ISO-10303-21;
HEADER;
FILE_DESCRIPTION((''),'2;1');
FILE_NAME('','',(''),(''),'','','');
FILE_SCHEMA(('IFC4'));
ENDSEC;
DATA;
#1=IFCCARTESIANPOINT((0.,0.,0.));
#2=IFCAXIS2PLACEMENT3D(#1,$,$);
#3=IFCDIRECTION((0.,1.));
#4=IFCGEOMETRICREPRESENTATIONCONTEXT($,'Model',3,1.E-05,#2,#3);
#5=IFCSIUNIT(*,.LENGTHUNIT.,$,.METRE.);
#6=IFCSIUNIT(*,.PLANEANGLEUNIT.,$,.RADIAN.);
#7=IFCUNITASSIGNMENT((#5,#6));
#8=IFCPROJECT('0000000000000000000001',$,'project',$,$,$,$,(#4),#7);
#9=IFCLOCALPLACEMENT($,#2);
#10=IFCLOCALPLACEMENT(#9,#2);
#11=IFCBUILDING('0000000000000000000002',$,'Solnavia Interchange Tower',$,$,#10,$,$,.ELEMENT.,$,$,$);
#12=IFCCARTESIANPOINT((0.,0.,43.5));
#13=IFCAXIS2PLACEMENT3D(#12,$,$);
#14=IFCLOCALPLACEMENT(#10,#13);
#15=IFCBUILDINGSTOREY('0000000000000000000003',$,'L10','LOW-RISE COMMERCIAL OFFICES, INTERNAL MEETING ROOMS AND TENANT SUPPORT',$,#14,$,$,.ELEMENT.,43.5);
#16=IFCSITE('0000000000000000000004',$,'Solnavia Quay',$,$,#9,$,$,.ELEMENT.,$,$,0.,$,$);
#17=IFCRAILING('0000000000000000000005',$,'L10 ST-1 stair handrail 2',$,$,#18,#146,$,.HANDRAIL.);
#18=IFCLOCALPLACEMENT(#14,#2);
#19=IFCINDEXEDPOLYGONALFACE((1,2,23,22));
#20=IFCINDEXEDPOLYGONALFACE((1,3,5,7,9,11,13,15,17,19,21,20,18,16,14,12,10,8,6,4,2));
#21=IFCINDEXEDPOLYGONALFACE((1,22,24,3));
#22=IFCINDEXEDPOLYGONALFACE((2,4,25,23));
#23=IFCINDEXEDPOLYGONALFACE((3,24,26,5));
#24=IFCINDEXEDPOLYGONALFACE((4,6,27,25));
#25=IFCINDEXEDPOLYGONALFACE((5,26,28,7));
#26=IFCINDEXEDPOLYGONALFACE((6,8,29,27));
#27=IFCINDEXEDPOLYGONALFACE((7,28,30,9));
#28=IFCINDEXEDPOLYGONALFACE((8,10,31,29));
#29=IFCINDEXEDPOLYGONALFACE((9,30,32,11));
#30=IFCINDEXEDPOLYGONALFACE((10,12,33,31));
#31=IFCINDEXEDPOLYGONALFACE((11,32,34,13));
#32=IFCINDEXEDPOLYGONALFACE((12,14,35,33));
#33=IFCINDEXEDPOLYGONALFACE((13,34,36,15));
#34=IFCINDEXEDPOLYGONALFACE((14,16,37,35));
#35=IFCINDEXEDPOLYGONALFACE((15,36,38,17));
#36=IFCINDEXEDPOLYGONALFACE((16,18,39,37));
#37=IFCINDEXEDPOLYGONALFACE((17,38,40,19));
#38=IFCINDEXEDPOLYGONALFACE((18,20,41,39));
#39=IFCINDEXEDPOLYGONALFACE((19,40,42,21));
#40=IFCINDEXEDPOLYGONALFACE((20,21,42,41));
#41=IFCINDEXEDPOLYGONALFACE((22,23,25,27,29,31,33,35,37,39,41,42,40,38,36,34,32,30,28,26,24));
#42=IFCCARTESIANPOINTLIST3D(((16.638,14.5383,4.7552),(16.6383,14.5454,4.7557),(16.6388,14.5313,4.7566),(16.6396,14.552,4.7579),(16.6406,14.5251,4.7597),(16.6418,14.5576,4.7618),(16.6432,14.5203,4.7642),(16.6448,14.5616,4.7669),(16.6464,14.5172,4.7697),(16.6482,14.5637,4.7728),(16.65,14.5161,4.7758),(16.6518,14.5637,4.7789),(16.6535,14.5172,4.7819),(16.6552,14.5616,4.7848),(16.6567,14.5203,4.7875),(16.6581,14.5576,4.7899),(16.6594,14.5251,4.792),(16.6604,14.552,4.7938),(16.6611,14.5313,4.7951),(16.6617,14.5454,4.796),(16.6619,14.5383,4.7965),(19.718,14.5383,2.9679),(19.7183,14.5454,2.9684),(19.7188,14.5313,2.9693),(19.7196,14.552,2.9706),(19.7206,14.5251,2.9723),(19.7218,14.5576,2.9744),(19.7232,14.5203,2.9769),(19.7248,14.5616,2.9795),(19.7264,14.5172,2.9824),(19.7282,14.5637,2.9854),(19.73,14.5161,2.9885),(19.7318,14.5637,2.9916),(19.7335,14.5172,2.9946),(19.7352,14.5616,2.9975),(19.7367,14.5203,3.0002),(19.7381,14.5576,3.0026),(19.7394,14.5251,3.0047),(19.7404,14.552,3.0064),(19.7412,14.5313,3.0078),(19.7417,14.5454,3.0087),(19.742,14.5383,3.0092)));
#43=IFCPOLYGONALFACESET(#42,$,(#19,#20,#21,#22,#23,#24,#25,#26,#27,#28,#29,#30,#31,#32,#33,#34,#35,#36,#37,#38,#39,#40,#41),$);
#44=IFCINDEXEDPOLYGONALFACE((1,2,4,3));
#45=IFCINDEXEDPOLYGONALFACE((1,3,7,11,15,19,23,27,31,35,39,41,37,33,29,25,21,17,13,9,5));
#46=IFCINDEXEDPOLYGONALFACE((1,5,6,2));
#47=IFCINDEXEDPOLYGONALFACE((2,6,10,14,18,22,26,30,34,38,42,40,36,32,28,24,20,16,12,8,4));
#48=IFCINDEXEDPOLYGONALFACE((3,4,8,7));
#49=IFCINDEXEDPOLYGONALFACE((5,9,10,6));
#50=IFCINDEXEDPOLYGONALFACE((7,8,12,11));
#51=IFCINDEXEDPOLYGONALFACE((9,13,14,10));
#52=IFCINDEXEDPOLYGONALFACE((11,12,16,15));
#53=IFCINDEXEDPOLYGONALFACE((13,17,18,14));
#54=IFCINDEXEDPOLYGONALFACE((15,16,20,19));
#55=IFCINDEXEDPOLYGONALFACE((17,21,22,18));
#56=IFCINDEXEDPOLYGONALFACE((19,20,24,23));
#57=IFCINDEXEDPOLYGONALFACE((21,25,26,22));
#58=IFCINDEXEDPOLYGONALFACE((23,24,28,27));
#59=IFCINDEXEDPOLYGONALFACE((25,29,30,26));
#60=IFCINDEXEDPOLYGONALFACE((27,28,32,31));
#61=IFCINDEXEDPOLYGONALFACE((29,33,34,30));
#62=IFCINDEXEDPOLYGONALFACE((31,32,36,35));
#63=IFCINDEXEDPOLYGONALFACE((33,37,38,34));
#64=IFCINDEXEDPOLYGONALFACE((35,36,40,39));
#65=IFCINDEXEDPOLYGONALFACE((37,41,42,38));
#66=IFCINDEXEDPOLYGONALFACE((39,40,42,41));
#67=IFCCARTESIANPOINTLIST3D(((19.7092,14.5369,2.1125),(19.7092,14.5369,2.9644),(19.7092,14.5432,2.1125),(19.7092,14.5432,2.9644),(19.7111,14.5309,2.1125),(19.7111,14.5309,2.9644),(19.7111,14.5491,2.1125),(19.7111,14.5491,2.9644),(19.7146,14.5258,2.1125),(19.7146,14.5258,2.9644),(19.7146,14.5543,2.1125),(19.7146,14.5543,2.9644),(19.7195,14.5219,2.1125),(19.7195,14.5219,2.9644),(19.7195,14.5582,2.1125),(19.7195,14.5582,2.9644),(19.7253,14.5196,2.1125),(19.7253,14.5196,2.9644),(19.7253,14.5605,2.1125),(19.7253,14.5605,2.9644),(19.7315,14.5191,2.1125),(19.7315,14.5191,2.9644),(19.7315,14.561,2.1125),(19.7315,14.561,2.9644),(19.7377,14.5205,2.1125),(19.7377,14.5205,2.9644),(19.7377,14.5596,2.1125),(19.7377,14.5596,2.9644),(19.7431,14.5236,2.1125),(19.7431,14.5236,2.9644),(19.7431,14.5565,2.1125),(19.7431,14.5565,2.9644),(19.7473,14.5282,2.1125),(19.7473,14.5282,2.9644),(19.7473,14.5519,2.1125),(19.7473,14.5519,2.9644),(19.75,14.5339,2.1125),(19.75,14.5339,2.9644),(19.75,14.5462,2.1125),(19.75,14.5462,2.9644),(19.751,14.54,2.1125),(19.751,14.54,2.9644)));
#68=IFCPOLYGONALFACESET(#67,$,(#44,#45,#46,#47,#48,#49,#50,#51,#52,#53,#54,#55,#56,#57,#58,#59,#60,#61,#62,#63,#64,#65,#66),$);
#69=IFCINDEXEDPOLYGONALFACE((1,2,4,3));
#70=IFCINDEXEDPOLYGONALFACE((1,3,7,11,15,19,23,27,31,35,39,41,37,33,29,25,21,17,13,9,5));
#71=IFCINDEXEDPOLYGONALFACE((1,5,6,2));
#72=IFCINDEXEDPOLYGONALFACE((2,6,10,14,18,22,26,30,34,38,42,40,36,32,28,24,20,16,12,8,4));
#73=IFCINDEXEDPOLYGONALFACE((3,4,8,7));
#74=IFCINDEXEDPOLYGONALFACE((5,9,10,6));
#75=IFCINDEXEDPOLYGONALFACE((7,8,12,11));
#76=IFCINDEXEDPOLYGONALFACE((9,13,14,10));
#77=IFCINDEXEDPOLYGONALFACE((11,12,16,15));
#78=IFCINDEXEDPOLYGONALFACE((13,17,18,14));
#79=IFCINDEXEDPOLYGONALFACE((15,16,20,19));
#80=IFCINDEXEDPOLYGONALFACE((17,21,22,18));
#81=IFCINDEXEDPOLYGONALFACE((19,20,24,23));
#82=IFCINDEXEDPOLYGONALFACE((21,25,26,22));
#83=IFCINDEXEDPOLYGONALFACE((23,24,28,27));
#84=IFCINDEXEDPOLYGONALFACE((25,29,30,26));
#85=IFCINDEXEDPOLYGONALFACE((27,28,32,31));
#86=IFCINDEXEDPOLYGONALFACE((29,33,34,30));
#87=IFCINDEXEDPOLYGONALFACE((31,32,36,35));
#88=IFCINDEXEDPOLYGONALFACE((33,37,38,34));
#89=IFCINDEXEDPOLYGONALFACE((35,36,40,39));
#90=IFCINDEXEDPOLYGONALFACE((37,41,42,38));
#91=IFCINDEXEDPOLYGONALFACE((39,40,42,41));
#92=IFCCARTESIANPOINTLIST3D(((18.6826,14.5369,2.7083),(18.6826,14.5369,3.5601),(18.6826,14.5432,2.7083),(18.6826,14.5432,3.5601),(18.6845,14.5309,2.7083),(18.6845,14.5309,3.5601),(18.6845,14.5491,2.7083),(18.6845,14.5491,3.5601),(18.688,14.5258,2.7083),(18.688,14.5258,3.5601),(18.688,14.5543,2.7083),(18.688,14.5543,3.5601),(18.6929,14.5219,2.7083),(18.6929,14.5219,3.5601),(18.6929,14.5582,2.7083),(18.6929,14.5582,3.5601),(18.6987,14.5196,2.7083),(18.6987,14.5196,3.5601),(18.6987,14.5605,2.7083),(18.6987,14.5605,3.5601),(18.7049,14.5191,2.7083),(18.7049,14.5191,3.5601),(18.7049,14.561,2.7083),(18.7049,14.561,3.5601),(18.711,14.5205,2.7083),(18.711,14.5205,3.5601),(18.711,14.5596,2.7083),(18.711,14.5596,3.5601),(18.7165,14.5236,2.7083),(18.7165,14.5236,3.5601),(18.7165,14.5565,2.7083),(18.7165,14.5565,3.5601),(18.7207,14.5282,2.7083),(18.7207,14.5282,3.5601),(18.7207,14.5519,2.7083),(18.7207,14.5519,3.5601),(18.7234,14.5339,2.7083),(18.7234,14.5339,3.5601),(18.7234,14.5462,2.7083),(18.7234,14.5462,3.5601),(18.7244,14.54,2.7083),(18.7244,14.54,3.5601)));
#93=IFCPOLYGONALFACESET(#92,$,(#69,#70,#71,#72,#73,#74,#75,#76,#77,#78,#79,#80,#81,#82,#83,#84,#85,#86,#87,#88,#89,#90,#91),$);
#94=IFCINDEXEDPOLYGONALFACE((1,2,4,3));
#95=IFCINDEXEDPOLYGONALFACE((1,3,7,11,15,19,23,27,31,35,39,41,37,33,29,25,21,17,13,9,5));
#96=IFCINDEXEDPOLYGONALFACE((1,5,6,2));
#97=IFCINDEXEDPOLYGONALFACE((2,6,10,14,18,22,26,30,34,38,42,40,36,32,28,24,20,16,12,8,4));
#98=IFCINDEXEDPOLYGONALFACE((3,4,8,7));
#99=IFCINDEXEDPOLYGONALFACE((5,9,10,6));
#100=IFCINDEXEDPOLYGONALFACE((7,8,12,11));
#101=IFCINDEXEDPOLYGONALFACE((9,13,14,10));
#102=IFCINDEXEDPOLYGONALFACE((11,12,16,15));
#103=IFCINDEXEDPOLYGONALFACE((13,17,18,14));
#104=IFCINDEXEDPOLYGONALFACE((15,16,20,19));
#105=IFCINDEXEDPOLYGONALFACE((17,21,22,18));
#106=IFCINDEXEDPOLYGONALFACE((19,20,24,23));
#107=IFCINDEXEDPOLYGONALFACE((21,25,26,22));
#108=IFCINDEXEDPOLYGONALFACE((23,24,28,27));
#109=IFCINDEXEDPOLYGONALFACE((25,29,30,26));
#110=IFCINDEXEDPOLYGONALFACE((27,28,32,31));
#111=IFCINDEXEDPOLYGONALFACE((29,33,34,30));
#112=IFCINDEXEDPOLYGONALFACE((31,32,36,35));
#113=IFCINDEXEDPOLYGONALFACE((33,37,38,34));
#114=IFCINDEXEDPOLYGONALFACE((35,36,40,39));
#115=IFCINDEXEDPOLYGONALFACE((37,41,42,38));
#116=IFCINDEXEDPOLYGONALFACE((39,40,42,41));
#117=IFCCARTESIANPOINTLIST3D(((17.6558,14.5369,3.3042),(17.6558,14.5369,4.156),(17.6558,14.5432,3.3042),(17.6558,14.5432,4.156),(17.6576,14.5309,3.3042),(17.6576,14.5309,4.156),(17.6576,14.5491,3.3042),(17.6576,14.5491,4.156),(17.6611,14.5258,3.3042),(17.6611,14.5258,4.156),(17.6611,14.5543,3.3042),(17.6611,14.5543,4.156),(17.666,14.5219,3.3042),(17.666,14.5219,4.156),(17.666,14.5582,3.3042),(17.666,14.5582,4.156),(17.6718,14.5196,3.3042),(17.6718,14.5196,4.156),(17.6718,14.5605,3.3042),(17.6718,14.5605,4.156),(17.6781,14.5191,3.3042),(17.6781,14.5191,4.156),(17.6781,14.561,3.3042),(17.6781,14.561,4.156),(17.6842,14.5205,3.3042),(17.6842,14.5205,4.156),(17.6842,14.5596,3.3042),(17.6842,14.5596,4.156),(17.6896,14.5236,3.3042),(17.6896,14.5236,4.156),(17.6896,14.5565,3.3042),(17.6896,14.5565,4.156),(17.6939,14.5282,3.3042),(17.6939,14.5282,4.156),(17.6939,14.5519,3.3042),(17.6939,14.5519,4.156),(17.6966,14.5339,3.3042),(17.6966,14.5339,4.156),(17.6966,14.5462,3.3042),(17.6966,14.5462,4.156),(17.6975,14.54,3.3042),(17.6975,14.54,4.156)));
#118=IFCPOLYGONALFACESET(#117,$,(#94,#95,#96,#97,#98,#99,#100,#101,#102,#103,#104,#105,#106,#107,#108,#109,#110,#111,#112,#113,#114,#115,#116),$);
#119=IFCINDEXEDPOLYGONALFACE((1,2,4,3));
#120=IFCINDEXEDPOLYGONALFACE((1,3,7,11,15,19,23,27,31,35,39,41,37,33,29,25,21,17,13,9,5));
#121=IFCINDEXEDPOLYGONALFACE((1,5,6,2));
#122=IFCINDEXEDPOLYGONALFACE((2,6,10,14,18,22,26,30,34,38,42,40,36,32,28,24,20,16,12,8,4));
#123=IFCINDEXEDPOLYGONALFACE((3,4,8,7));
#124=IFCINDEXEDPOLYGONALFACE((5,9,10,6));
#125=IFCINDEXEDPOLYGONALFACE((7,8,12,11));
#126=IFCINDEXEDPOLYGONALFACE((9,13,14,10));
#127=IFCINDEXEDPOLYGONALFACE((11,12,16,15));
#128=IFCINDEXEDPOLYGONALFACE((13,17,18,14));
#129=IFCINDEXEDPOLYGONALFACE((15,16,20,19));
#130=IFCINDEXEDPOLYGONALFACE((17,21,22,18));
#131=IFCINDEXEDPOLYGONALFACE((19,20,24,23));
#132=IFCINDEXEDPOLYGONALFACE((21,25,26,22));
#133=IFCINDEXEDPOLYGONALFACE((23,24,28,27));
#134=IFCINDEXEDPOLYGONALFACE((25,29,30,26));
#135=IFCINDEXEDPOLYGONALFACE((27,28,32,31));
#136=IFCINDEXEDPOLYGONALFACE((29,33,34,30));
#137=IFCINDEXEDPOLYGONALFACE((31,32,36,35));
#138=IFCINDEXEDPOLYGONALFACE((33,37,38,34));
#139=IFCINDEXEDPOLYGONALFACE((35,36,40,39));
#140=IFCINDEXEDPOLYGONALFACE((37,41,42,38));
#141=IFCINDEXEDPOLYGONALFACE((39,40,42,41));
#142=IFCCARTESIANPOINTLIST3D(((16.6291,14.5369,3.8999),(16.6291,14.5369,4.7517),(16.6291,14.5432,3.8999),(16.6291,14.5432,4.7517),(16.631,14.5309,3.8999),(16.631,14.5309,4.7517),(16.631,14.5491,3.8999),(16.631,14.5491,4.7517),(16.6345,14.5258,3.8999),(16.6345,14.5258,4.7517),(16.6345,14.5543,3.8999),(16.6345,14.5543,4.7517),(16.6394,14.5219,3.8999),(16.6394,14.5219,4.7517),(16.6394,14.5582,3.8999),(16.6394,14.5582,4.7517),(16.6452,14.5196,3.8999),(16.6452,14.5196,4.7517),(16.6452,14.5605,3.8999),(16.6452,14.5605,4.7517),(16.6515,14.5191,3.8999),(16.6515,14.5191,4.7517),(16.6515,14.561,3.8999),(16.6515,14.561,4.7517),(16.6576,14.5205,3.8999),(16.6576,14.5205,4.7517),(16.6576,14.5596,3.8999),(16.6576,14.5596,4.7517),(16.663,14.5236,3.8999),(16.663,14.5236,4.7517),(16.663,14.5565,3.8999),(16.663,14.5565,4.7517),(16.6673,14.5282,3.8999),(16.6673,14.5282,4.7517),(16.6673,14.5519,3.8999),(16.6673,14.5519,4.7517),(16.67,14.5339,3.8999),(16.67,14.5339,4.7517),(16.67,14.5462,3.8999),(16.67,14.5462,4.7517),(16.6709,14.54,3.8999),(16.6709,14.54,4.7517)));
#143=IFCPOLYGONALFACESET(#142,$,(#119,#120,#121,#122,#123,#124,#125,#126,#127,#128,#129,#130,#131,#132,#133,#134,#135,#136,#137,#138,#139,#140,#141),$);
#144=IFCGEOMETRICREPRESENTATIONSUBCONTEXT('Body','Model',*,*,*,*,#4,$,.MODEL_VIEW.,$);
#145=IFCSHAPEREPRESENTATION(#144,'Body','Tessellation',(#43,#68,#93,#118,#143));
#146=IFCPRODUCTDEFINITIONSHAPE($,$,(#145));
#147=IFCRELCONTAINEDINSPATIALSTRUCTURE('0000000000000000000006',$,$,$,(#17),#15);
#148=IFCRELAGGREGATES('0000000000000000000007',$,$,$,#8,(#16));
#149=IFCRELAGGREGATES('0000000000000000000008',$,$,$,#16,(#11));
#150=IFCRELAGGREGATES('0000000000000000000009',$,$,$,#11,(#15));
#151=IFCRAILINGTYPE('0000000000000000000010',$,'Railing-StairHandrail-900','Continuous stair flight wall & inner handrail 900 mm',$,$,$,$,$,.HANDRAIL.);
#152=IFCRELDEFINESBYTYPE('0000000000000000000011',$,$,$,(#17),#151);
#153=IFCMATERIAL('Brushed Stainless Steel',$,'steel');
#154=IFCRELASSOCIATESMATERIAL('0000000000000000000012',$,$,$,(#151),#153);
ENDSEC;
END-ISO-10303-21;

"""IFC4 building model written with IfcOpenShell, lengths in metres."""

from ifc_helpers import new_model, si_unit, direction, frame, origin, origin_2d, place, context, subcontext, project, spatial, circle, extrude, material, type_object, element, save


model = new_model("IFC4")

# Units and contexts
model_context = context("Model", 3, precision=1e-05, world=origin(), true_north=direction((0.0, 1.0)))
body_context = subcontext(model_context, "Body", "Model", "MODEL_VIEW")
ifc_project = project(units=[si_unit("LENGTHUNIT", "METRE"), si_unit("PLANEANGLEUNIT", "RADIAN")], contexts=[model_context])

# Site, building, storey
site_placement = place(None, origin())
site = spatial("IfcSite", under=ifc_project, at=site_placement, Name="Solnavia Quay", CompositionType="ELEMENT", RefElevation=0.0)
building_placement = place(site_placement, origin())
building = spatial("IfcBuilding", under=site, at=building_placement, Name="Solnavia Interchange Tower", CompositionType="ELEMENT")
storey_placement = place(building_placement, frame((0.0, 0.0, 43.5)))
storey = spatial("IfcBuildingStorey", under=building, at=storey_placement, Name="L10", Description="LOW-RISE COMMERCIAL OFFICES, INTERNAL MEETING ROOMS AND TENANT SUPPORT", CompositionType="ELEMENT", Elevation=43.5)

# Railing
ifc_material_1 = material(Name="Brushed Stainless Steel", Category="steel")
railing_type_1 = type_object("IfcRailingType", Name="Railing-StairHandrail-900", Description="Continuous stair flight wall & inner handrail 900 mm", PredefinedType="HANDRAIL", material=ifc_material_1)
railing_1_placement = place(storey_placement, frame((19.73, 14.54, 2.1125)))
element("IfcRailing", 1, at=railing_1_placement, inside=storey, type_object=railing_type_1, Name="L10 ST-1 stair handrail 2", PredefinedType="HANDRAIL", context=body_context, shape_type="SweptSolid", body=[
    extrude(circle(Radius=0.0239, at=origin_2d()), frame((0.0, 0.0, 0.876), z_axis=(-0.86492, 0.0, 0.501909), x_axis=(0.0, -1.0, 0.0)), (0.0, 0.0, 1.0), 3.561),
    extrude(circle(Radius=0.021, at=origin_2d()), origin(), (0.0, 0.0, 1.0), 0.8518),
    extrude(circle(Radius=0.021, at=origin_2d()), frame((-1.0266, 0.0, 0.5957)), (0.0, 0.0, 1.0), 0.8518),
    extrude(circle(Radius=0.021, at=origin_2d()), frame((-2.0535, 0.0, 1.1917)), (0.0, 0.0, 1.0), 0.8518),
    extrude(circle(Radius=0.021, at=origin_2d()), frame((-3.0801, 0.0, 1.7874)), (0.0, 0.0, 1.0), 0.8518),
])

save(model, "model.ifc")
